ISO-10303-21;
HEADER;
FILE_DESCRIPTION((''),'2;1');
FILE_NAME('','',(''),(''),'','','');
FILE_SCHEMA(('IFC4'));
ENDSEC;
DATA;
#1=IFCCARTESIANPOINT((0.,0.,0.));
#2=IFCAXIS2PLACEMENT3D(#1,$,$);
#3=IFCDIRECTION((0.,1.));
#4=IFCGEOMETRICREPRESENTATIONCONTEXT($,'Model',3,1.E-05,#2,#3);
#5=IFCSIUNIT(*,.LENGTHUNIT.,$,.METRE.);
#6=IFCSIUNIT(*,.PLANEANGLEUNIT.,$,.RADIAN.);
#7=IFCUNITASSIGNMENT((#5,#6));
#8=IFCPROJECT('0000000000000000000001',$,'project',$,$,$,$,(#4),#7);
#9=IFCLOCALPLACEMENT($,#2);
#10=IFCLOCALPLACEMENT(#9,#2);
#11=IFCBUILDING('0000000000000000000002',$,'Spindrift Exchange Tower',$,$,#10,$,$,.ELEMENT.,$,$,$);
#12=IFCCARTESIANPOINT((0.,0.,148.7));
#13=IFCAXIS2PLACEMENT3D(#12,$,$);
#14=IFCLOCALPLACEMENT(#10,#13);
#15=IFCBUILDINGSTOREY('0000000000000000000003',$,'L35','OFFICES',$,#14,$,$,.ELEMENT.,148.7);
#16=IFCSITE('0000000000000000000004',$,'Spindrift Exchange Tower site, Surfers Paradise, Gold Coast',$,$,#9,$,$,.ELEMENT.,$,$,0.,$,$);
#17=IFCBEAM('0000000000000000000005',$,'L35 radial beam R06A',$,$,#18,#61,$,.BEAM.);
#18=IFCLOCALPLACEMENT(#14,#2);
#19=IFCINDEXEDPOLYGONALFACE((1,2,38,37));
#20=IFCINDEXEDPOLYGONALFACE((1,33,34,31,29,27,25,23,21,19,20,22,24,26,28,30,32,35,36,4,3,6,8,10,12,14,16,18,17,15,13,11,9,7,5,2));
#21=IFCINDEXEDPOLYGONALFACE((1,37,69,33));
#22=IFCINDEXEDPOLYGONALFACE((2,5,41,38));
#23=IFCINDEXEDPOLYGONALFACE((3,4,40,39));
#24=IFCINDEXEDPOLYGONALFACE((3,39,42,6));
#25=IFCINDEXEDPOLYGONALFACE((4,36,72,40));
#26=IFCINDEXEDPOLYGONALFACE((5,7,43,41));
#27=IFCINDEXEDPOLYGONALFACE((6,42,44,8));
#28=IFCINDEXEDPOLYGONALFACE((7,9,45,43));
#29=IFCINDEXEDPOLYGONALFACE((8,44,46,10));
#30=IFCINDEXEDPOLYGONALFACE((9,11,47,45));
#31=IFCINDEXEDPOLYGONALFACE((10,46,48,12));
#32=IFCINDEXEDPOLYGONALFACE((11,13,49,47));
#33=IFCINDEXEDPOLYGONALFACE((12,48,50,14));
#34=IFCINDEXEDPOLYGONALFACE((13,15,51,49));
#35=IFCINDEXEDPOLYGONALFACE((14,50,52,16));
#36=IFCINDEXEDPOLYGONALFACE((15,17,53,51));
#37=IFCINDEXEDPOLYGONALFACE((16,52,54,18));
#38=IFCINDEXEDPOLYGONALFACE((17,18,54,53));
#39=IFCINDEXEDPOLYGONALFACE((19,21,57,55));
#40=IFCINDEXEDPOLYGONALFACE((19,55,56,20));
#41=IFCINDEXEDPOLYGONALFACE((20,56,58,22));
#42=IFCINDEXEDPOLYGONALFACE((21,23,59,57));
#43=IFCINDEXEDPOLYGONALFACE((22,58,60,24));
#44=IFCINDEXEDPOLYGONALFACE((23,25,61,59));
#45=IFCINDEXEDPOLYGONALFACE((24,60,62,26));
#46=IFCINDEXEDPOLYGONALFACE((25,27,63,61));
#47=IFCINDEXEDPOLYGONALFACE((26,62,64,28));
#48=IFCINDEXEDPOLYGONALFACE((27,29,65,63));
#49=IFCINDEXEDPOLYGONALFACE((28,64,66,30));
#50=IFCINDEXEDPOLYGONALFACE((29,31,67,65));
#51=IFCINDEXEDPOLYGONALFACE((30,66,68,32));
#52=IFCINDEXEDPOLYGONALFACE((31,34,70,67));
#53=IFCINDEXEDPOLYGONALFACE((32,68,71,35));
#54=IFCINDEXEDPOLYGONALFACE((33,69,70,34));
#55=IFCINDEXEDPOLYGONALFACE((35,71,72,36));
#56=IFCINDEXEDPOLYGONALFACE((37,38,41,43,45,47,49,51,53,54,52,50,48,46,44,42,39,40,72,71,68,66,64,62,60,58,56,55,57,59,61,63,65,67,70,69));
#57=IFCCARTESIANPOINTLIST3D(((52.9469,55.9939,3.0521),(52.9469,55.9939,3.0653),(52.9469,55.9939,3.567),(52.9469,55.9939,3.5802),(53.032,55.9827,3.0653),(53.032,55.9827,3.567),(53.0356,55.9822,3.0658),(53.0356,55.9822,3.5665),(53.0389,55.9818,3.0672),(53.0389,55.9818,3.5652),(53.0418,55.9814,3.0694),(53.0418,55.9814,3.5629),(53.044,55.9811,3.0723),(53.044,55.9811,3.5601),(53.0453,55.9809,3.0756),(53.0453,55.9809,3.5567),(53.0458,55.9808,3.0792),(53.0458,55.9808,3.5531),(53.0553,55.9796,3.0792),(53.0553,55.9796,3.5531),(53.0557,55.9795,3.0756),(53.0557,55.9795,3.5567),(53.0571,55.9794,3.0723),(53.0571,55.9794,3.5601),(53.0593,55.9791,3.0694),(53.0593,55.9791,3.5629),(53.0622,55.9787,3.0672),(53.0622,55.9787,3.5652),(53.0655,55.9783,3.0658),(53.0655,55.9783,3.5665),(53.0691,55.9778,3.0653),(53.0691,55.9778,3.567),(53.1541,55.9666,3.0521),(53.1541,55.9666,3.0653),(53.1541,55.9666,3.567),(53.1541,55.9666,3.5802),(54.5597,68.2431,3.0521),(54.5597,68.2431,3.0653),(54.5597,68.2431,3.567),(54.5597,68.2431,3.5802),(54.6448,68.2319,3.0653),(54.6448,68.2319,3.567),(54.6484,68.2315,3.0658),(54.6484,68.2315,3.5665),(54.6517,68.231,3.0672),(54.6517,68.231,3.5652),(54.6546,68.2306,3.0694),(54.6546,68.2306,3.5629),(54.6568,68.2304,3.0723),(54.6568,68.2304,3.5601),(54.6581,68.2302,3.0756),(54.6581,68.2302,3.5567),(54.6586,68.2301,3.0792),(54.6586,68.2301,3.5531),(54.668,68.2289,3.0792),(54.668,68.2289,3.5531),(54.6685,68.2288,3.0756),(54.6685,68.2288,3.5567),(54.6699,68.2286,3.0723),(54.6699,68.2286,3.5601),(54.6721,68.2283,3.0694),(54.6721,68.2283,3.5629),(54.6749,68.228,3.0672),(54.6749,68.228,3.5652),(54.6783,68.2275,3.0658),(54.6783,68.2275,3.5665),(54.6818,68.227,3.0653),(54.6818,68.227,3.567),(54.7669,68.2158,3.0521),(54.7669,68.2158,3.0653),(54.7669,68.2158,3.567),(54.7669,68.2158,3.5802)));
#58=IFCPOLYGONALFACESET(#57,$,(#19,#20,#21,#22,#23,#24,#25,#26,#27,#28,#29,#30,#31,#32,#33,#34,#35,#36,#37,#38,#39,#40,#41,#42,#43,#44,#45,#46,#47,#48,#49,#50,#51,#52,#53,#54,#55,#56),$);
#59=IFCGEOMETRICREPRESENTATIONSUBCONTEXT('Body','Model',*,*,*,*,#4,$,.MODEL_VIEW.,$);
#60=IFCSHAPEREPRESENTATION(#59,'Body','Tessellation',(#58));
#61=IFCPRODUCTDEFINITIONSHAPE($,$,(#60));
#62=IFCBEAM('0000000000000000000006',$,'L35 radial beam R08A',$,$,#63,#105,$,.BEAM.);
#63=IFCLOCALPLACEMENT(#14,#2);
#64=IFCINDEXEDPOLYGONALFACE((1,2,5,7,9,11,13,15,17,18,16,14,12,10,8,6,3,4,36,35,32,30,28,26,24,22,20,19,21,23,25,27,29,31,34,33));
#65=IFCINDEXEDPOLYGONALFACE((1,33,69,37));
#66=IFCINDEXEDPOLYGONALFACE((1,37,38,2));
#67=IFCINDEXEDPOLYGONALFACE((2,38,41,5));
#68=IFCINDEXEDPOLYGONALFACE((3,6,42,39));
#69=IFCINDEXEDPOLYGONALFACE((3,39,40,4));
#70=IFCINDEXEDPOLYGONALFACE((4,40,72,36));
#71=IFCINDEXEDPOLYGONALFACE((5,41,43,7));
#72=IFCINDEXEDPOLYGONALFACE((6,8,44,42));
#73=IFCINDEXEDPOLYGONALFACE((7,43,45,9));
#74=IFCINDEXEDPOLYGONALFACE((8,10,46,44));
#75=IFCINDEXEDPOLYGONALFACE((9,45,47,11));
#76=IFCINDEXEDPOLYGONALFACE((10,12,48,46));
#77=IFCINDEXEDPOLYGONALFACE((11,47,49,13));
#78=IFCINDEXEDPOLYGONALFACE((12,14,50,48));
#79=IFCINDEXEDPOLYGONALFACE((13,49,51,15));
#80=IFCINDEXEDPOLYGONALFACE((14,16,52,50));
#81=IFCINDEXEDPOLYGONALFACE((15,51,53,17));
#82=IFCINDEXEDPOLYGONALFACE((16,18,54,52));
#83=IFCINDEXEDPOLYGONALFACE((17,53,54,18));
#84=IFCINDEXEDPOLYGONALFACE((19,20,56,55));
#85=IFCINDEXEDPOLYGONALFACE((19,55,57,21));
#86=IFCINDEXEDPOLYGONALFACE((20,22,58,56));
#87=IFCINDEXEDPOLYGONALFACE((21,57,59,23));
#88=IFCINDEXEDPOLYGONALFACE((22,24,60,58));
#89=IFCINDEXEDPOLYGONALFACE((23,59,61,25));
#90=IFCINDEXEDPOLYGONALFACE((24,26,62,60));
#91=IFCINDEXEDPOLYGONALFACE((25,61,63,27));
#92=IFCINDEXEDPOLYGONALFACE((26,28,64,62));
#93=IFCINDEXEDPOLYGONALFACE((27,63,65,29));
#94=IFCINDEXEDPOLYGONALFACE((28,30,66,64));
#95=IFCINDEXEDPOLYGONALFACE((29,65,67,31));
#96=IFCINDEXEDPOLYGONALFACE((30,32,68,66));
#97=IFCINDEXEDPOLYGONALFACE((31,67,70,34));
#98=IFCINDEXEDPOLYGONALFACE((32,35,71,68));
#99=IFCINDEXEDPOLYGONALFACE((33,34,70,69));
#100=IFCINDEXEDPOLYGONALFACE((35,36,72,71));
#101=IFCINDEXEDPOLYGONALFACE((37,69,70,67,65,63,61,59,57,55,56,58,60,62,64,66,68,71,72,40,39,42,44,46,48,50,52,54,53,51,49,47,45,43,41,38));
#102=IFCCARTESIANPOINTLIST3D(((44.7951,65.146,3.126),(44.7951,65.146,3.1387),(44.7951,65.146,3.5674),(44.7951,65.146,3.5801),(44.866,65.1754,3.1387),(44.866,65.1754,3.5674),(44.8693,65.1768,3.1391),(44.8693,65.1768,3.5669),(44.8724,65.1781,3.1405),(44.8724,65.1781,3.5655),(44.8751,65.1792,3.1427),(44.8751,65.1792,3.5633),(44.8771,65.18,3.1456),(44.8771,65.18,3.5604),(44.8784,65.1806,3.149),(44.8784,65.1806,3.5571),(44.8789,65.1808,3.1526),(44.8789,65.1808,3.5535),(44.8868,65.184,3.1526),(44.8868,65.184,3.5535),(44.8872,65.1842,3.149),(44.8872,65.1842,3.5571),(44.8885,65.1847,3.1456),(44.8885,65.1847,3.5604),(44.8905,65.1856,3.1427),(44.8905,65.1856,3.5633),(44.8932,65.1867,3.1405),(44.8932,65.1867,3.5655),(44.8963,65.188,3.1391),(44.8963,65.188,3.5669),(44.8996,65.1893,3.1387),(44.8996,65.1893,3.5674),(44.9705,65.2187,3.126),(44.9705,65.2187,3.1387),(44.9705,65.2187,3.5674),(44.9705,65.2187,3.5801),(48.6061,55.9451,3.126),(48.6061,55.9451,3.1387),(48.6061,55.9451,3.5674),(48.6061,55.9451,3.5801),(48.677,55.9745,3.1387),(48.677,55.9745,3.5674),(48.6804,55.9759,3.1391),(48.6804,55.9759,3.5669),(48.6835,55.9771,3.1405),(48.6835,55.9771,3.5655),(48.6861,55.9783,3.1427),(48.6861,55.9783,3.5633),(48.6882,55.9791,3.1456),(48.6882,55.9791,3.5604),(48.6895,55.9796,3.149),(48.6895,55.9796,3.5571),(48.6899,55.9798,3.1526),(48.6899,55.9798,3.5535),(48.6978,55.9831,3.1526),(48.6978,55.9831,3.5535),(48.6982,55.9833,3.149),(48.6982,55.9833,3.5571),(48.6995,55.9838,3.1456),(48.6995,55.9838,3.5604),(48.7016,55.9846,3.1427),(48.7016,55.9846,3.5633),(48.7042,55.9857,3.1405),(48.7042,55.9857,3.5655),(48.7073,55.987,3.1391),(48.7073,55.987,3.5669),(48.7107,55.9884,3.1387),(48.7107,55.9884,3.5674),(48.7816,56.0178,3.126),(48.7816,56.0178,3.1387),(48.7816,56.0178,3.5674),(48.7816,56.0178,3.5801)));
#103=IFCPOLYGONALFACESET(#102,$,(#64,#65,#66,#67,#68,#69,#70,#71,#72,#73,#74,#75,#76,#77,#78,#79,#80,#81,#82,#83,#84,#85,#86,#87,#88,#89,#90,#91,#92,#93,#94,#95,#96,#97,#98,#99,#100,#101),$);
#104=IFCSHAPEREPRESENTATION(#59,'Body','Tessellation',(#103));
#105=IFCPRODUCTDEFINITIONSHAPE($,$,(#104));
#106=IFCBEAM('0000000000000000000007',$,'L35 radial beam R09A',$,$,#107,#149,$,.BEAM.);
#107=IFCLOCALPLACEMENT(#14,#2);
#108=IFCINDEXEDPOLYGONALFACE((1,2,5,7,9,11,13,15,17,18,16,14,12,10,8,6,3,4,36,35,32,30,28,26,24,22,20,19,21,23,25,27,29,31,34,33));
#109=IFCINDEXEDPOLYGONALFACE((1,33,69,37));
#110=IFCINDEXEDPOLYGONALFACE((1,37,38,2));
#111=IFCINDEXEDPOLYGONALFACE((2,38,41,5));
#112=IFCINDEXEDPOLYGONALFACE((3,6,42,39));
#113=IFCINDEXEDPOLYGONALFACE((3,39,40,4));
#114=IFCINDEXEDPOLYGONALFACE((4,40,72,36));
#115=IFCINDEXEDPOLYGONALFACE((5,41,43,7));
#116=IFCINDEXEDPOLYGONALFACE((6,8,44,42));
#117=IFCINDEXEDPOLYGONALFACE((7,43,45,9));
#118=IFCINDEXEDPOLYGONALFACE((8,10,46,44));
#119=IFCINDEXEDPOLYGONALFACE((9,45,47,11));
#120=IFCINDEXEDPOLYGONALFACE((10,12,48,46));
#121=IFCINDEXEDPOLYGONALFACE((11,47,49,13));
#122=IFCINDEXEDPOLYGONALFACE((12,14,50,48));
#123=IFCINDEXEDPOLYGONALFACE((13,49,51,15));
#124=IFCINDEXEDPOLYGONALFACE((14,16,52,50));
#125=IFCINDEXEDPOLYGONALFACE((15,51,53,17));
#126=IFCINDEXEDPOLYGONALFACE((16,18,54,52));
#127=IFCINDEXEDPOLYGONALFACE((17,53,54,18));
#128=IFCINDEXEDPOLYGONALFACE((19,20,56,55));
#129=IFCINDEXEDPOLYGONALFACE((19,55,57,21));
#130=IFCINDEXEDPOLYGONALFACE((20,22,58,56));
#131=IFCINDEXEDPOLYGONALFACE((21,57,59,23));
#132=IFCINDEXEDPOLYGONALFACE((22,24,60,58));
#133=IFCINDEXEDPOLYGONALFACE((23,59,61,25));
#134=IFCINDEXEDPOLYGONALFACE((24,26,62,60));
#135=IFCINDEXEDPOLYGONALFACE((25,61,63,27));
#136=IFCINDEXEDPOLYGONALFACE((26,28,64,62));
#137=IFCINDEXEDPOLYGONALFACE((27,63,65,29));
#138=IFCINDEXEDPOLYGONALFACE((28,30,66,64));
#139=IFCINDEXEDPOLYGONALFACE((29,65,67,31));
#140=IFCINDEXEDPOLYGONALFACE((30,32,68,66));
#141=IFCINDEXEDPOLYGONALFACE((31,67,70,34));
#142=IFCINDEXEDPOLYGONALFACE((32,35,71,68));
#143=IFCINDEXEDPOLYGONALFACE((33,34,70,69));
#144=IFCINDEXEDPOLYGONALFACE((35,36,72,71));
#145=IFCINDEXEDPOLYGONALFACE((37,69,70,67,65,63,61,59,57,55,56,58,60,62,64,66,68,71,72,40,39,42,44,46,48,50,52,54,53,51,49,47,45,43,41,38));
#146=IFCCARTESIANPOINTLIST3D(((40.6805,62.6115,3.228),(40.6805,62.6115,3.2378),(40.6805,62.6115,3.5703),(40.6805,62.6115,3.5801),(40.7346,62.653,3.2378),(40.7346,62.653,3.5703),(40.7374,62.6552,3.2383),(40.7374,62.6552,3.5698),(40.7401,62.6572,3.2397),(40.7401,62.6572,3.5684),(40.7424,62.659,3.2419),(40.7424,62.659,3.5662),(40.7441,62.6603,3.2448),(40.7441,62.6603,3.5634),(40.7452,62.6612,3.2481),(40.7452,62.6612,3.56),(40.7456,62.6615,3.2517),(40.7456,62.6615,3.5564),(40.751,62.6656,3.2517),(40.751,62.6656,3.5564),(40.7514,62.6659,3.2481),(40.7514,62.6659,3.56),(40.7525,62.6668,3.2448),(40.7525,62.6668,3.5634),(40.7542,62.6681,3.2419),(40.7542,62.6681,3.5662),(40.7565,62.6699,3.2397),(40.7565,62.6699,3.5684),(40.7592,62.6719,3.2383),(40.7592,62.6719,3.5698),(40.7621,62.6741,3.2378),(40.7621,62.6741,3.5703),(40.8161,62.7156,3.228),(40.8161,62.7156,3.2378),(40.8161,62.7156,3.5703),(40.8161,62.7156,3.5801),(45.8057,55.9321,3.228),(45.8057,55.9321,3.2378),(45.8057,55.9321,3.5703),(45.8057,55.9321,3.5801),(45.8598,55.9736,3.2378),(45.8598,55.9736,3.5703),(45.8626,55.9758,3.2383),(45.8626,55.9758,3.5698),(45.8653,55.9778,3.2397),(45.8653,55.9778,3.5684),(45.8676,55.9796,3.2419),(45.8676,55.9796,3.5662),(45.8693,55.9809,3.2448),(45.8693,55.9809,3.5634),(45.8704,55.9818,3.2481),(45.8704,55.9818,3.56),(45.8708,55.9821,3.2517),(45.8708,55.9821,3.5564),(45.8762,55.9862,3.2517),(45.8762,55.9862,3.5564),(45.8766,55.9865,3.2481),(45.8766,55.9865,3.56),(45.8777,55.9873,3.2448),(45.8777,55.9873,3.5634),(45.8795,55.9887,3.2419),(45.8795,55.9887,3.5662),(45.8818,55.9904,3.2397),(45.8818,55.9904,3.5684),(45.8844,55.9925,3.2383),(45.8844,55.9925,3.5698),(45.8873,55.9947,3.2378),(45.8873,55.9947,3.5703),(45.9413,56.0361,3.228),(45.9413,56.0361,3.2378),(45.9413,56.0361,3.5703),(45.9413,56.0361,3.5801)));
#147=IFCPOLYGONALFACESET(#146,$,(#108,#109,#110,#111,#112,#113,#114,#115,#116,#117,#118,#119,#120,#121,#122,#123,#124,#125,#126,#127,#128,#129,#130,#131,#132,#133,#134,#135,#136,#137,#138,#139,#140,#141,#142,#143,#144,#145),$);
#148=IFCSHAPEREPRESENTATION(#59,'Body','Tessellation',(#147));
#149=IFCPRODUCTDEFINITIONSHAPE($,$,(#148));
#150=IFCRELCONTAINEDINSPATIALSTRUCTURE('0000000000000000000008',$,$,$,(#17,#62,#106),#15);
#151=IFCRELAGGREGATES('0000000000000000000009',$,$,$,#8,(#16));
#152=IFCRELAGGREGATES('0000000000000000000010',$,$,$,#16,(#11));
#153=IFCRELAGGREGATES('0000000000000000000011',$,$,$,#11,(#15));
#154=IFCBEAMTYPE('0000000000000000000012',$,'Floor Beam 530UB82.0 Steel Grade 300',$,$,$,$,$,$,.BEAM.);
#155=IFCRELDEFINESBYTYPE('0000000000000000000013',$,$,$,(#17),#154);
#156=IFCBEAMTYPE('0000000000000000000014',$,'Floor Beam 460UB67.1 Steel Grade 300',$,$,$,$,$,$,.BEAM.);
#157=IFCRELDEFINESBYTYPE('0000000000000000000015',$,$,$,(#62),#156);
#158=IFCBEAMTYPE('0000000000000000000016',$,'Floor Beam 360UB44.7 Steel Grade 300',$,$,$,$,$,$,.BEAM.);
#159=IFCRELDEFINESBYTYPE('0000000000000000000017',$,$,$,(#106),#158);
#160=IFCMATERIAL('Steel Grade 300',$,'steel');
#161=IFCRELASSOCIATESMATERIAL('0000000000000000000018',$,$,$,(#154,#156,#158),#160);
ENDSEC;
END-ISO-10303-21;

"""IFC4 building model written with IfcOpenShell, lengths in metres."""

from ifc_helpers import new_model, si_unit, direction, frame, origin, origin_2d, place, context, subcontext, project, spatial, i_section, extrude, source, transform, mapped, material, material_profile, profile_set, type_object, element, save


model = new_model("IFC4")

# Units and contexts
model_context = context("Model", 3, precision=1e-05, world=origin(), true_north=direction((0.0, 1.0)))
body_context = subcontext(model_context, "Body", "Model", "MODEL_VIEW")
ifc_project = project(units=[si_unit("LENGTHUNIT", "METRE"), si_unit("PLANEANGLEUNIT", "RADIAN")], contexts=[model_context])

# Site, building, storey
site_placement = place(None, origin())
site = spatial("IfcSite", under=ifc_project, at=site_placement, Name="Spindrift Exchange Tower site, Surfers Paradise, Gold Coast", CompositionType="ELEMENT", RefElevation=0.0)
building_placement = place(site_placement, origin())
building = spatial("IfcBuilding", under=site, at=building_placement, Name="Spindrift Exchange Tower", CompositionType="ELEMENT")
storey_placement = place(building_placement, frame((0.0, 0.0, 148.7)))
storey = spatial("IfcBuildingStorey", under=building, at=storey_placement, Name="L35", Description="OFFICES", CompositionType="ELEMENT", Elevation=148.7)

# Beams
ifc_material_1 = material(Name="Steel Grade 300", Category="steel")
ifc_material_profile_1 = material_profile(ifc_material_1, i_section(OverallWidth=0.209, OverallDepth=0.5281, WebThickness=0.0095, FlangeThickness=0.0132, FilletRadius=0.0139, at=origin_2d()), Name="530UB82.0")
ifc_profile_set_1 = profile_set([ifc_material_profile_1], Name="Steel Grade 300")
beam_type_1 = type_object("IfcBeamType", Name="Floor Beam 530UB82.0 Steel Grade 300", PredefinedType="BEAM", material=ifc_profile_set_1)
shared_shape_1 = source(origin(), body_context, "Body", "SweptSolid", [
    extrude(i_section(OverallWidth=0.209, OverallDepth=0.5281, WebThickness=0.0095, FlangeThickness=0.0132, FilletRadius=0.0139, at=origin_2d()), origin(), (0.0, 0.0, 1.0), 12.355),
])
beam_1_placement = place(storey_placement, frame((53.0505, 55.9802, 3.3162), z_axis=(0.130538, 0.991443, 0.0), x_axis=(-0.991443, 0.130538, 0.0)))
element("IfcBeam", 1, at=beam_1_placement, inside=storey, type_object=beam_type_1, Name="L35 radial beam R06A", PredefinedType="BEAM", context=body_context, shape_type="MappedRepresentation", body=[
    mapped(shared_shape_1, transform((0.0, 0.0, 0.0), scale=1.0)),
])
ifc_material_profile_2 = material_profile(ifc_material_1, i_section(OverallWidth=0.1899, OverallDepth=0.4541, WebThickness=0.0085, FlangeThickness=0.0127, FilletRadius=0.0139, at=origin_2d()), Name="460UB67.1")
ifc_profile_set_2 = profile_set([ifc_material_profile_2], Name="Steel Grade 300")
beam_type_2 = type_object("IfcBeamType", Name="Floor Beam 460UB67.1 Steel Grade 300", PredefinedType="BEAM", material=ifc_profile_set_2)
shared_shape_2 = source(origin(), body_context, "Body", "SweptSolid", [
    extrude(i_section(OverallWidth=0.1899, OverallDepth=0.4541, WebThickness=0.0085, FlangeThickness=0.0127, FilletRadius=0.0139, at=origin_2d()), origin(), (0.0, 0.0, 1.0), 9.959),
])
beam_2_placement = place(storey_placement, frame((48.6938, 55.9814, 3.353), z_axis=(-0.382674, 0.923884, 0.0), x_axis=(-0.923884, -0.382674, 0.0)))
element("IfcBeam", 2, at=beam_2_placement, inside=storey, type_object=beam_type_2, Name="L35 radial beam R08A", PredefinedType="BEAM", context=body_context, shape_type="MappedRepresentation", body=[
    mapped(shared_shape_2, transform((0.0, 0.0, 0.0), scale=1.0)),
])
ifc_material_profile_3 = material_profile(ifc_material_1, i_section(OverallWidth=0.1709, OverallDepth=0.3521, WebThickness=0.0068, FlangeThickness=0.0098, FilletRadius=0.0139, at=origin_2d()), Name="360UB44.7")
ifc_profile_set_3 = profile_set([ifc_material_profile_3], Name="Steel Grade 300")
beam_type_3 = type_object("IfcBeamType", Name="Floor Beam 360UB44.7 Steel Grade 300", PredefinedType="BEAM", material=ifc_profile_set_3)
shared_shape_3 = source(origin(), body_context, "Body", "SweptSolid", [
    extrude(i_section(OverallWidth=0.1709, OverallDepth=0.3521, WebThickness=0.0068, FlangeThickness=0.0098, FilletRadius=0.0139, at=origin_2d()), origin(), (0.0, 0.0, 1.0), 8.4192),
])
beam_3_placement = place(storey_placement, frame((45.8735, 55.9841, 3.4041), z_axis=(-0.608756, 0.793358, 0.0), x_axis=(-0.793358, -0.608756, 0.0)))
element("IfcBeam", 3, at=beam_3_placement, inside=storey, type_object=beam_type_3, Name="L35 radial beam R09A", PredefinedType="BEAM", context=body_context, shape_type="MappedRepresentation", body=[
    mapped(shared_shape_3, transform((0.0, 0.0, 0.0), scale=1.0)),
])

save(model, "model.ifc")
